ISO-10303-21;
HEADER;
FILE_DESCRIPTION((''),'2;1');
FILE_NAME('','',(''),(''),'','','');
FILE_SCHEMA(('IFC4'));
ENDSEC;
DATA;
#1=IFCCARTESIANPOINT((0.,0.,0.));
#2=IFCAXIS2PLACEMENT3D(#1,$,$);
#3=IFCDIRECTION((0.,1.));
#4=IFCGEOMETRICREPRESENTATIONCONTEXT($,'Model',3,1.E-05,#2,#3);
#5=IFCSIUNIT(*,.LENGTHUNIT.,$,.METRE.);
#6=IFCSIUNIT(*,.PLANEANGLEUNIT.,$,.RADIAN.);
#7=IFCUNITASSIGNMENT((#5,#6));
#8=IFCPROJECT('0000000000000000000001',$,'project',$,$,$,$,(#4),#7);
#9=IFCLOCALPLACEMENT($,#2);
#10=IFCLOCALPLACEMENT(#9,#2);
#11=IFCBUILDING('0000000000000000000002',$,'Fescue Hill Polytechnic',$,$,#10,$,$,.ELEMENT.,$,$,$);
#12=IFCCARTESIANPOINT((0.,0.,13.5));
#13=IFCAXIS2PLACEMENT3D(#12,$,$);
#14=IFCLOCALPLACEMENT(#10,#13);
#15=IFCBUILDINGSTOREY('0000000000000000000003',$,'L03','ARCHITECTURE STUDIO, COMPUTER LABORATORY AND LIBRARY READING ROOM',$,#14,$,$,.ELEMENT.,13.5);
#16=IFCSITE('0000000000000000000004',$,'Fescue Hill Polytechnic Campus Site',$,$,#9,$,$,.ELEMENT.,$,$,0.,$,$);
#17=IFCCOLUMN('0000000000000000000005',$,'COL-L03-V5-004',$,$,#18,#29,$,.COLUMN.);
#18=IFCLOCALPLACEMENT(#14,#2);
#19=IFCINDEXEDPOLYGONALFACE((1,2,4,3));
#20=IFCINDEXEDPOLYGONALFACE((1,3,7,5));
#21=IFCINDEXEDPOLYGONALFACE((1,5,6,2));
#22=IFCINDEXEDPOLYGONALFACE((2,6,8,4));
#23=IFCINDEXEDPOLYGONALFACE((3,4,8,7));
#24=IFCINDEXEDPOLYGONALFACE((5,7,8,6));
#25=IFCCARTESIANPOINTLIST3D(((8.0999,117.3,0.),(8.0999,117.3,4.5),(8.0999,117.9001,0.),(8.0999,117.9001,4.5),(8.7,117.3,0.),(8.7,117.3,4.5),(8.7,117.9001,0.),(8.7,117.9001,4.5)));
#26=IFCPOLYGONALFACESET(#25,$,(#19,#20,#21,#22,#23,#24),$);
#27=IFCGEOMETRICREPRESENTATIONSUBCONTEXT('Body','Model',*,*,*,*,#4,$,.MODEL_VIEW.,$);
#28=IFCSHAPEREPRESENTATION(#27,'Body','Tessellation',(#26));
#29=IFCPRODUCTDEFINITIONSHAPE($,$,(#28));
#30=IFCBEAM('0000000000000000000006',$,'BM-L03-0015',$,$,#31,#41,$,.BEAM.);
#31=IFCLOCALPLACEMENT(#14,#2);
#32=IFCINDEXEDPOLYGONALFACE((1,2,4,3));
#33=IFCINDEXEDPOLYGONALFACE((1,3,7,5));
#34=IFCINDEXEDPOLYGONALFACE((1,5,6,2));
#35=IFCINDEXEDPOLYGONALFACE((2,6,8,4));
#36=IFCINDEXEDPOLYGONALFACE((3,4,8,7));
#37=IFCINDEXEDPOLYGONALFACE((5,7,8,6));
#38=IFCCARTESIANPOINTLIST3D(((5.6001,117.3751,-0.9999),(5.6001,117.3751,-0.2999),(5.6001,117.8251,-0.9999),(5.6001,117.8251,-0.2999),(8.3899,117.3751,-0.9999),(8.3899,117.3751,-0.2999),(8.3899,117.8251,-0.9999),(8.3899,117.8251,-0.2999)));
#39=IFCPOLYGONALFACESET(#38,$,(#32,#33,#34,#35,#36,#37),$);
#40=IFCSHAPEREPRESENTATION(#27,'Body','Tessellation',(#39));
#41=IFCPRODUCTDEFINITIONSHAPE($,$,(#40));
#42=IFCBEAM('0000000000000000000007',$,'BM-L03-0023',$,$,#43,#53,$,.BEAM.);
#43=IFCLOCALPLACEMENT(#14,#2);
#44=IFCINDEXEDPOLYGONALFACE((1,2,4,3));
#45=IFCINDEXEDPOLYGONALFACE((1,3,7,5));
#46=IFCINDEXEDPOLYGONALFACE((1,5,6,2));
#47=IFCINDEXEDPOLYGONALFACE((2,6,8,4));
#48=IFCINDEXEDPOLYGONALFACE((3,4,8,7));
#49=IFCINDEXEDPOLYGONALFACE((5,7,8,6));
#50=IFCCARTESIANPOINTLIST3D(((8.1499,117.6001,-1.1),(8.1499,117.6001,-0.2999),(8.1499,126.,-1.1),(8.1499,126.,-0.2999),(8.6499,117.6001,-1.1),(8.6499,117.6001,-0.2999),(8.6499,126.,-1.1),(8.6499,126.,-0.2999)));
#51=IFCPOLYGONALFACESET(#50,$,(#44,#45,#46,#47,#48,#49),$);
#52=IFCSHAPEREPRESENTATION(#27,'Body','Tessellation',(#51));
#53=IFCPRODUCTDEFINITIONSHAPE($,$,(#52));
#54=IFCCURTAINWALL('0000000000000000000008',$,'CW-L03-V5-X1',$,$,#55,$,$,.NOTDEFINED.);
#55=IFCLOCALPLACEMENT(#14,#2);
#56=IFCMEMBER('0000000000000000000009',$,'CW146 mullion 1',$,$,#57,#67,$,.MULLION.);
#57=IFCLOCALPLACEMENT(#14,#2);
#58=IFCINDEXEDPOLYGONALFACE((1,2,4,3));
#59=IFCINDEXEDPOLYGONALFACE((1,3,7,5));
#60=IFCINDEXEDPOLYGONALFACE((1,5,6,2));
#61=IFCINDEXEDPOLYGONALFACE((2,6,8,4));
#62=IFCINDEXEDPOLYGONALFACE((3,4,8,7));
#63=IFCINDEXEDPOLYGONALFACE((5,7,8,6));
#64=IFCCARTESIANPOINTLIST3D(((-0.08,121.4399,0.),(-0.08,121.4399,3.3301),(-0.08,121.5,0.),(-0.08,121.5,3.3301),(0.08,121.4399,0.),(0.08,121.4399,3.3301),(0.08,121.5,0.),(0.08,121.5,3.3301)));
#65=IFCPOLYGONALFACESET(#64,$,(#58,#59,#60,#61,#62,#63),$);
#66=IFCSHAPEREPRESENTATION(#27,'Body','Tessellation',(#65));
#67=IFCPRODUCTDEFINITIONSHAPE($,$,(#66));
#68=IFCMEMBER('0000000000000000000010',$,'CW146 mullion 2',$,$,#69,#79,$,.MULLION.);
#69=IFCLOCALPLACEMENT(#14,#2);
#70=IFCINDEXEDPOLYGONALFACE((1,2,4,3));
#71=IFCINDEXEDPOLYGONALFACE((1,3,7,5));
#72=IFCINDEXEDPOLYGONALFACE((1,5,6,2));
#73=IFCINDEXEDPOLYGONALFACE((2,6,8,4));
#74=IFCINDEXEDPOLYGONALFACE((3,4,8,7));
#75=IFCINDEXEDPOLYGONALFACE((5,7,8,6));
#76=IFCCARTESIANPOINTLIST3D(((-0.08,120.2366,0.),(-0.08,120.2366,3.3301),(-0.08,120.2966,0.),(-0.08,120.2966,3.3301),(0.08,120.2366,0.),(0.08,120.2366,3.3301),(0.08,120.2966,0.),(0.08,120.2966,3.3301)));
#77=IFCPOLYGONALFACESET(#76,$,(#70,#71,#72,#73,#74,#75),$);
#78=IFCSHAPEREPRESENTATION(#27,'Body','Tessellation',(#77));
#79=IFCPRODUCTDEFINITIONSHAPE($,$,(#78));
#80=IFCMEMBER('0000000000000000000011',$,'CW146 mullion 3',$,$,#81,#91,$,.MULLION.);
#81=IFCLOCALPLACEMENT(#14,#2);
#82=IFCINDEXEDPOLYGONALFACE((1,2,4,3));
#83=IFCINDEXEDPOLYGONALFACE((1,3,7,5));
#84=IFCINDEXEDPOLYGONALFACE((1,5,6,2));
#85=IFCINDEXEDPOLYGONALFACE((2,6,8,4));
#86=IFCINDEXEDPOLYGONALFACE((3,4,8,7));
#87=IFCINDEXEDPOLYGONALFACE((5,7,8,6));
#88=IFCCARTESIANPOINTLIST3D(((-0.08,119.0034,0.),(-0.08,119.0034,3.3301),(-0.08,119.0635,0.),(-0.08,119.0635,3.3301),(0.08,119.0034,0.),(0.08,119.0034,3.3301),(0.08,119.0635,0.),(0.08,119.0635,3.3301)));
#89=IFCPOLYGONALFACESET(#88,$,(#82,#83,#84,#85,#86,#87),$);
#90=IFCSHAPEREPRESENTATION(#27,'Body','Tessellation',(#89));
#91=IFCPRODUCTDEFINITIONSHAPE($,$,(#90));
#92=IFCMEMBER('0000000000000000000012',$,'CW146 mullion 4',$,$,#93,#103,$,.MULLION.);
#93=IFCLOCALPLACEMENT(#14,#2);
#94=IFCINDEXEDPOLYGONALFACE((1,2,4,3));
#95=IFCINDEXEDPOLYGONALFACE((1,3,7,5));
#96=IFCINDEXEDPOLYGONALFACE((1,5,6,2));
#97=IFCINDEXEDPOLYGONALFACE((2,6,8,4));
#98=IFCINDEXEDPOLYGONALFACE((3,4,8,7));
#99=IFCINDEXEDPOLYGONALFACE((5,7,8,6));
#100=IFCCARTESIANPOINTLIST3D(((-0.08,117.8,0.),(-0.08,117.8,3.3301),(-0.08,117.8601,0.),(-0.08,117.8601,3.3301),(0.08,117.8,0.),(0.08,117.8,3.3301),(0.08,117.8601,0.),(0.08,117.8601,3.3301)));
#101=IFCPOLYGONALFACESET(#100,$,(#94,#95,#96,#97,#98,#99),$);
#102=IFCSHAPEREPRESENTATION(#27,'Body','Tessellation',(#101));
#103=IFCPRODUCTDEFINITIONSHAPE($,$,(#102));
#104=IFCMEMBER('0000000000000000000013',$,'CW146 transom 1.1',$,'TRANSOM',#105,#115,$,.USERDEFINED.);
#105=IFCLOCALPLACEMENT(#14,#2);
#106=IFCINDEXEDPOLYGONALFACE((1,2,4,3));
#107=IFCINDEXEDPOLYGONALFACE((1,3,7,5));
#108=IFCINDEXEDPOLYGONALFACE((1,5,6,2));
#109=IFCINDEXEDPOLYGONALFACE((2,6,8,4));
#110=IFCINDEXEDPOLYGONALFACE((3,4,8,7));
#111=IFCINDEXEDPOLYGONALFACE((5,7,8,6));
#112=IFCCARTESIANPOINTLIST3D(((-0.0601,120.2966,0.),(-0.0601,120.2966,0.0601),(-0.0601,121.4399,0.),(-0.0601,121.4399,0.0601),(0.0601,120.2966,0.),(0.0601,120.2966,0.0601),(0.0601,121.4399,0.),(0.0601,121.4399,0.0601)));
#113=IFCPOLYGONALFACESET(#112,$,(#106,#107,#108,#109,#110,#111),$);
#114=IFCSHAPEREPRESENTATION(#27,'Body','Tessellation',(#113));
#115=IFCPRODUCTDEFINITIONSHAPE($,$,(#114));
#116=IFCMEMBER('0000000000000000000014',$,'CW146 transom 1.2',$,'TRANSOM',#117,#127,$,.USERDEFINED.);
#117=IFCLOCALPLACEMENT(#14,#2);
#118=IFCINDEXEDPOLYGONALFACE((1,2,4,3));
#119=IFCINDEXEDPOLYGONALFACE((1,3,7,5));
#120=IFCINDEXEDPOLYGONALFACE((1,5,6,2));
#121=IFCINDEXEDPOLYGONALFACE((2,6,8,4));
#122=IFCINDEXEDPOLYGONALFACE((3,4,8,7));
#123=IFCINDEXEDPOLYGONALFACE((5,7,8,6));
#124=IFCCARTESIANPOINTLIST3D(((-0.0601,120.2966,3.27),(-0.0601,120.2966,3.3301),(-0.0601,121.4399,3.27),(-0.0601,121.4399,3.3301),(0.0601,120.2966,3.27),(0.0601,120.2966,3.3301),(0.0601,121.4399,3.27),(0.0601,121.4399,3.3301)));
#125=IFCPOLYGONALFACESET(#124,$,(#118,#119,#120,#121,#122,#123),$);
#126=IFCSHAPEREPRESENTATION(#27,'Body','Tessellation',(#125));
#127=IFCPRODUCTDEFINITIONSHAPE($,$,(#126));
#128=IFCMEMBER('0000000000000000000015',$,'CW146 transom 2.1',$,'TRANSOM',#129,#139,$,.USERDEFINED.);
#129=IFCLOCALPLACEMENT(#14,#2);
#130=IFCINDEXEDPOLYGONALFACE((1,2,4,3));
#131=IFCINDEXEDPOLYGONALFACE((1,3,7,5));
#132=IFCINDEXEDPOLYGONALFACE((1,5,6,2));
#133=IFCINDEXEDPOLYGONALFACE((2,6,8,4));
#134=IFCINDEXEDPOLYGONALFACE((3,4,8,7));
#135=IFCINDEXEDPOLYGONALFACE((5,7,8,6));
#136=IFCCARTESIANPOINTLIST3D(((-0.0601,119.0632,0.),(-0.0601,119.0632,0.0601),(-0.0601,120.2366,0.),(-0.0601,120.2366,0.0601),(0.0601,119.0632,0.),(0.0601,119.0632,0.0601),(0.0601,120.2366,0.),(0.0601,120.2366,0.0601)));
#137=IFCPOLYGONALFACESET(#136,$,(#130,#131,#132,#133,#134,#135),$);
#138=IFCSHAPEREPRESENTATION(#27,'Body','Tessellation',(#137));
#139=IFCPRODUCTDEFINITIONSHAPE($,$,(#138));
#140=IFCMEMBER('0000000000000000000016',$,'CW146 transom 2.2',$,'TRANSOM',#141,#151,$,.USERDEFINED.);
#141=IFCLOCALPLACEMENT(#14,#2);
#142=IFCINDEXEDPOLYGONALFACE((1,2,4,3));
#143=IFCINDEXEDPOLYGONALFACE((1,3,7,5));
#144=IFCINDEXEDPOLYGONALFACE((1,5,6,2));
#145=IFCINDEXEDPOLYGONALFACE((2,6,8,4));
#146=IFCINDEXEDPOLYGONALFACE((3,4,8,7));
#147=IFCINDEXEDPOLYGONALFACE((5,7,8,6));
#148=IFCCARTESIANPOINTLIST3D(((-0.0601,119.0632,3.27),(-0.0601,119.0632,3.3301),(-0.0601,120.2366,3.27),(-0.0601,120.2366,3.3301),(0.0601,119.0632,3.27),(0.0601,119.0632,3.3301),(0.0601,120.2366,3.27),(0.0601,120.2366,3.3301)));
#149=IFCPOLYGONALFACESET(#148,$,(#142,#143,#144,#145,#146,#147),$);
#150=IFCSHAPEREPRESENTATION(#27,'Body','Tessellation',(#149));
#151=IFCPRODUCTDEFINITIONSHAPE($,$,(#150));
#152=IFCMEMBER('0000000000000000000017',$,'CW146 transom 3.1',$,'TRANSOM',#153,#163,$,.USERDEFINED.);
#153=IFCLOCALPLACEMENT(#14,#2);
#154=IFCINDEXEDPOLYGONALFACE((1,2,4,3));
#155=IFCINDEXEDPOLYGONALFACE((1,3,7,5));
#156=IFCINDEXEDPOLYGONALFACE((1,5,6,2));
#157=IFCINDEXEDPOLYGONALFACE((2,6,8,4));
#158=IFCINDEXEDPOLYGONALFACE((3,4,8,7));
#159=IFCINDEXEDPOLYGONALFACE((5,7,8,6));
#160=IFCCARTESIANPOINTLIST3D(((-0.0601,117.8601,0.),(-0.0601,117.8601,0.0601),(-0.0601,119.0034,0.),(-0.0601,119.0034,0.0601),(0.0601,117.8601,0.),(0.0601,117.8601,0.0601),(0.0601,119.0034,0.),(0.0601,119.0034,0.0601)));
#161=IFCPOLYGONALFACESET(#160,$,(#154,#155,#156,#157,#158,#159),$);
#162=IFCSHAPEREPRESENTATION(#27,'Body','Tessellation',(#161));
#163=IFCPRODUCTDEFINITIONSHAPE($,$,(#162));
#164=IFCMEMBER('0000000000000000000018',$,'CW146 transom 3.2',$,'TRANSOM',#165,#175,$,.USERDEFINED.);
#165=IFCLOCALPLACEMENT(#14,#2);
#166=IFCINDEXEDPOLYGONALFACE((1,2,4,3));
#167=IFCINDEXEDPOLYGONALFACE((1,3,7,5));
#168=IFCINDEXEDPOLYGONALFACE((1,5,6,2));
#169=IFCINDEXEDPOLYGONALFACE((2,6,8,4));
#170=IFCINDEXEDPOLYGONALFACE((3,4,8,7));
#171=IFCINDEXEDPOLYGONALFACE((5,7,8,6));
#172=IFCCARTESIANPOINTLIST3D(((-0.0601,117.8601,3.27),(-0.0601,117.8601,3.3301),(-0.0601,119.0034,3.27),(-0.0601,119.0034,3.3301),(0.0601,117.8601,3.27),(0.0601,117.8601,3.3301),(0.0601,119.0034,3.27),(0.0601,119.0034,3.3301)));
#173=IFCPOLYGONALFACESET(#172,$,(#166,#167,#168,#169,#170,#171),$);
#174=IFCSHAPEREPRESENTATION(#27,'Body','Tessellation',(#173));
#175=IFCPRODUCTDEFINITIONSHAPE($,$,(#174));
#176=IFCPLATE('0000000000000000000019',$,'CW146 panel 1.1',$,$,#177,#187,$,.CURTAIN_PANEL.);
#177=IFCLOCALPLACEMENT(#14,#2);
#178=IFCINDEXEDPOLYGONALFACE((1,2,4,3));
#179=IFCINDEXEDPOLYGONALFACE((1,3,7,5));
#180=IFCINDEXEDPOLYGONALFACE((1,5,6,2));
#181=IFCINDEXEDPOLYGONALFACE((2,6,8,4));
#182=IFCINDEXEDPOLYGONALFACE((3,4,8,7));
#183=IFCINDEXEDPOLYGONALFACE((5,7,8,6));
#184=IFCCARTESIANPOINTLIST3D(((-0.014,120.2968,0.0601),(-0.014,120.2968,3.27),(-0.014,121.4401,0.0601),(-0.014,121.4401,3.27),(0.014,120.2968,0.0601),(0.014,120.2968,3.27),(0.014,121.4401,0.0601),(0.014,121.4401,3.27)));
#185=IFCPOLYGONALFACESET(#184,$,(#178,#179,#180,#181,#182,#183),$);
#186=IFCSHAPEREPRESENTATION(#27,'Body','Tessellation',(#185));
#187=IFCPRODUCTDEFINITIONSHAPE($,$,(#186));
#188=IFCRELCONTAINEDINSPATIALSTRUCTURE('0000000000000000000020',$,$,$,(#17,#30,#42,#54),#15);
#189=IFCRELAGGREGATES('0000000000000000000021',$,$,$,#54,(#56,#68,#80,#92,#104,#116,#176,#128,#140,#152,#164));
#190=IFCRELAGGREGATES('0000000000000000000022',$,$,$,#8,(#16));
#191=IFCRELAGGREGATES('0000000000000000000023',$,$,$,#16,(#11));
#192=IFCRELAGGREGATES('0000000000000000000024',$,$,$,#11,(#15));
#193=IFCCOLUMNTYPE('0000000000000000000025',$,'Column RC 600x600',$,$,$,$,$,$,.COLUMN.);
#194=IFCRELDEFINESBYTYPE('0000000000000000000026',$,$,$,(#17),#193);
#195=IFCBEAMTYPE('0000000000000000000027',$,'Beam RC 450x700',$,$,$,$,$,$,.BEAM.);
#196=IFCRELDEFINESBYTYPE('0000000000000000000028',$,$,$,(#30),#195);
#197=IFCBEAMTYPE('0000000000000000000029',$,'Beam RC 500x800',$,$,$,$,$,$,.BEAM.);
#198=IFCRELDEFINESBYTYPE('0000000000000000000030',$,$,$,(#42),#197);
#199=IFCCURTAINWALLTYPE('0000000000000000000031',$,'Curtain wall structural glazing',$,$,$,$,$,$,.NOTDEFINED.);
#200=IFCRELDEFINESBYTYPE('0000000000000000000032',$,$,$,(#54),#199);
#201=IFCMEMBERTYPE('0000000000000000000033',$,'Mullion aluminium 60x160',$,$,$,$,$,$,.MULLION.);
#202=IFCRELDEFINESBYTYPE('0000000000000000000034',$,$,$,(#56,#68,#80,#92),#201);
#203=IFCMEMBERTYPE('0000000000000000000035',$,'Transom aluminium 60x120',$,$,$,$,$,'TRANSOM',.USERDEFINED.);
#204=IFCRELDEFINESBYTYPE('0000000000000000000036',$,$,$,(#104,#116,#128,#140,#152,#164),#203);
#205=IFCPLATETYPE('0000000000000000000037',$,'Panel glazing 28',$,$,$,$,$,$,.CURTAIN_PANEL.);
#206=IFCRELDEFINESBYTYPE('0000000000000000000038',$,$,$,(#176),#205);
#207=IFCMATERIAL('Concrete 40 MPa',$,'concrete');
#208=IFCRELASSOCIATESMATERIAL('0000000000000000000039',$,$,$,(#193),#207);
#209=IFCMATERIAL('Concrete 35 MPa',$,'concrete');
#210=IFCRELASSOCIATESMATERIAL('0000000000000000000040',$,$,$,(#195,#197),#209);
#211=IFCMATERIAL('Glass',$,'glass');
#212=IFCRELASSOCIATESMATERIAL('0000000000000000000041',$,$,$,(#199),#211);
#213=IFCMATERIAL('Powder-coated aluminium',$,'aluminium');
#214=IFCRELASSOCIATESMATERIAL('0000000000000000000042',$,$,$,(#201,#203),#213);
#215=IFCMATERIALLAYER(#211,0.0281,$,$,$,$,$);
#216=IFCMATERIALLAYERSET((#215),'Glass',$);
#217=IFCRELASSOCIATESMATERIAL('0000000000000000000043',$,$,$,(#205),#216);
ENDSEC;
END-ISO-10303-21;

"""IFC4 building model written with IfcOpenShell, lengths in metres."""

from ifc_helpers import new_model, si_unit, direction, frame, origin, origin_2d, place, context, subcontext, project, spatial, rectangle, extrude, material, layer, layer_set, material_profile, profile_set, type_object, element, aggregate, save


model = new_model("IFC4")

# Units and contexts
model_context = context("Model", 3, precision=1e-05, world=origin(), true_north=direction((0.0, 1.0)))
body_context = subcontext(model_context, "Body", "Model", "MODEL_VIEW")
ifc_project = project(units=[si_unit("LENGTHUNIT", "METRE"), si_unit("PLANEANGLEUNIT", "RADIAN")], contexts=[model_context])

# Site, building, storey
site_placement = place(None, origin())
site = spatial("IfcSite", under=ifc_project, at=site_placement, Name="Fescue Hill Polytechnic Campus Site", CompositionType="ELEMENT", RefElevation=0.0)
building_placement = place(site_placement, origin())
building = spatial("IfcBuilding", under=site, at=building_placement, Name="Fescue Hill Polytechnic", CompositionType="ELEMENT")
storey_placement = place(building_placement, frame((0.0, 0.0, 13.5)))
storey = spatial("IfcBuildingStorey", under=building, at=storey_placement, Name="L03", Description="ARCHITECTURE STUDIO, COMPUTER LABORATORY AND LIBRARY READING ROOM", CompositionType="ELEMENT", Elevation=13.5)

# Column
ifc_material_1 = material(Name="Concrete 40 MPa", Category="concrete")
ifc_material_profile_1 = material_profile(ifc_material_1, rectangle(XDim=0.6001, YDim=0.6001, at=origin_2d()), Name="RC 600x600")
ifc_profile_set_1 = profile_set([ifc_material_profile_1], Name="Concrete 40 MPa")
column_type = type_object("IfcColumnType", Name="Column RC 600x600", PredefinedType="COLUMN", material=ifc_profile_set_1)
column_placement = place(storey_placement, frame((8.3999, 117.6001, 0.0), z_axis=(0.0, 0.0, 1.0), x_axis=(1.0, 0.0, 0.0)))
element("IfcColumn", 1, at=column_placement, inside=storey, type_object=column_type, Name="COL-L03-V5-004", PredefinedType="COLUMN", context=body_context, shape_type="SweptSolid", body=[
    extrude(rectangle(XDim=0.6001, YDim=0.6001, at=origin_2d()), origin(), (0.0, 0.0, 1.0), 4.5),
])

# Beams
ifc_material_2 = material(Name="Concrete 35 MPa", Category="concrete")
ifc_material_profile_2 = material_profile(ifc_material_2, rectangle(XDim=0.45, YDim=0.7, at=origin_2d()), Name="RC 450x700")
ifc_profile_set_2 = profile_set([ifc_material_profile_2], Name="Concrete 35 MPa")
beam_type_1 = type_object("IfcBeamType", Name="Beam RC 450x700", PredefinedType="BEAM", material=ifc_profile_set_2)
beam_1_placement = place(storey_placement, frame((5.6001, 117.6001, -0.6499), z_axis=(1.0, 0.0, 0.0), x_axis=(0.0, 1.0, 0.0)))
element("IfcBeam", 2, at=beam_1_placement, inside=storey, type_object=beam_type_1, Name="BM-L03-0015", PredefinedType="BEAM", context=body_context, shape_type="SweptSolid", body=[
    extrude(rectangle(XDim=0.45, YDim=0.7, at=origin_2d()), origin(), (0.0, 0.0, 1.0), 2.7898),
])
ifc_material_profile_3 = material_profile(ifc_material_2, rectangle(XDim=0.5, YDim=0.8, at=origin_2d()), Name="RC 500x800")
ifc_profile_set_3 = profile_set([ifc_material_profile_3], Name="Concrete 35 MPa")
beam_type_2 = type_object("IfcBeamType", Name="Beam RC 500x800", PredefinedType="BEAM", material=ifc_profile_set_3)
beam_2_placement = place(storey_placement, frame((8.3999, 117.6001, -0.7), z_axis=(0.0, 1.0, 0.0), x_axis=(-1.0, 0.0, 0.0)))
element("IfcBeam", 3, at=beam_2_placement, inside=storey, type_object=beam_type_2, Name="BM-L03-0023", PredefinedType="BEAM", context=body_context, shape_type="SweptSolid", body=[
    extrude(rectangle(XDim=0.5, YDim=0.8, at=origin_2d()), origin(), (0.0, 0.0, 1.0), 8.3999),
])

# Curtain wall, members, plate
ifc_material_3 = material(Name="Glass", Category="glass")
curtain_wall_type = type_object("IfcCurtainWallType", Name="Curtain wall structural glazing", PredefinedType="NOTDEFINED", material=ifc_material_3)
curtain_wall_placement = place(storey_placement, origin())
curtain_wall = element("IfcCurtainWall", 4, at=curtain_wall_placement, inside=storey, type_object=curtain_wall_type, Name="CW-L03-V5-X1", PredefinedType="NOTDEFINED")
ifc_material_4 = material(Name="Powder-coated aluminium", Category="aluminium")
ifc_material_profile_4 = material_profile(ifc_material_4, rectangle(XDim=0.1599, YDim=0.0601, at=origin_2d()), Name="Mullion aluminium 60x160")
ifc_profile_set_4 = profile_set([ifc_material_profile_4], Name="Powder-coated aluminium")
member_type_1 = type_object("IfcMemberType", Name="Mullion aluminium 60x160", PredefinedType="MULLION", material=ifc_profile_set_4)
member_1_placement = place(storey_placement, frame((0.0, 121.47, 0.0), z_axis=(0.0, 0.0, 1.0), x_axis=(1.0, 0.0, 0.0)))
member_1 = element("IfcMember", 5, at=member_1_placement, type_object=member_type_1, Name="CW146 mullion 1", PredefinedType="MULLION", context=body_context, shape_type="SweptSolid", body=[
    extrude(rectangle(XDim=0.1599, YDim=0.0601, at=origin_2d()), origin(), (0.0, 0.0, 1.0), 3.3301),
])
member_2_placement = place(storey_placement, frame((0.0, 120.2666, 0.0), z_axis=(0.0, 0.0, 1.0), x_axis=(1.0, 0.0, 0.0)))
member_2 = element("IfcMember", 6, at=member_2_placement, type_object=member_type_1, Name="CW146 mullion 2", PredefinedType="MULLION", context=body_context, shape_type="SweptSolid", body=[
    extrude(rectangle(XDim=0.1599, YDim=0.0601, at=origin_2d()), origin(), (0.0, 0.0, 1.0), 3.3301),
])
member_3_placement = place(storey_placement, frame((0.0, 119.0334, 0.0), z_axis=(0.0, 0.0, 1.0), x_axis=(1.0, 0.0, 0.0)))
member_3 = element("IfcMember", 7, at=member_3_placement, type_object=member_type_1, Name="CW146 mullion 3", PredefinedType="MULLION", context=body_context, shape_type="SweptSolid", body=[
    extrude(rectangle(XDim=0.1599, YDim=0.0601, at=origin_2d()), origin(), (0.0, 0.0, 1.0), 3.3301),
])
member_4_placement = place(storey_placement, frame((0.0, 117.8301, 0.0), z_axis=(0.0, 0.0, 1.0), x_axis=(1.0, 0.0, 0.0)))
member_4 = element("IfcMember", 8, at=member_4_placement, type_object=member_type_1, Name="CW146 mullion 4", PredefinedType="MULLION", context=body_context, shape_type="SweptSolid", body=[
    extrude(rectangle(XDim=0.1599, YDim=0.0601, at=origin_2d()), origin(), (0.0, 0.0, 1.0), 3.3301),
])
ifc_material_profile_5 = material_profile(ifc_material_4, rectangle(XDim=0.1201, YDim=0.0601, at=origin_2d()), Name="Transom aluminium 60x120")
ifc_profile_set_5 = profile_set([ifc_material_profile_5], Name="Powder-coated aluminium")
member_type_2 = type_object("IfcMemberType", Name="Transom aluminium 60x120", ElementType="TRANSOM", PredefinedType="USERDEFINED", material=ifc_profile_set_5)
member_5_placement = place(storey_placement, frame((0.0, 121.4399, 0.03), z_axis=(0.0, -1.0, 0.0), x_axis=(1.0, 0.0, 0.0)))
member_5 = element("IfcMember", 9, at=member_5_placement, type_object=member_type_2, Name="CW146 transom 1.1", ObjectType="TRANSOM", PredefinedType="USERDEFINED", context=body_context, shape_type="SweptSolid", body=[
    extrude(rectangle(XDim=0.1201, YDim=0.0601, at=origin_2d()), origin(), (0.0, 0.0, 1.0), 1.1433),
])
member_6_placement = place(storey_placement, frame((0.0, 121.4399, 3.3), z_axis=(0.0, -1.0, 0.0), x_axis=(1.0, 0.0, 0.0)))
member_6 = element("IfcMember", 10, at=member_6_placement, type_object=member_type_2, Name="CW146 transom 1.2", ObjectType="TRANSOM", PredefinedType="USERDEFINED", context=body_context, shape_type="SweptSolid", body=[
    extrude(rectangle(XDim=0.1201, YDim=0.0601, at=origin_2d()), origin(), (0.0, 0.0, 1.0), 1.1433),
])
member_7_placement = place(storey_placement, frame((0.0, 120.2366, 0.03), z_axis=(0.0, -1.0, 0.0), x_axis=(1.0, 0.0, 0.0)))
member_7 = element("IfcMember", 11, at=member_7_placement, type_object=member_type_2, Name="CW146 transom 2.1", ObjectType="TRANSOM", PredefinedType="USERDEFINED", context=body_context, shape_type="SweptSolid", body=[
    extrude(rectangle(XDim=0.1201, YDim=0.0601, at=origin_2d()), origin(), (0.0, 0.0, 1.0), 1.1733),
])
member_8_placement = place(storey_placement, frame((0.0, 120.2366, 3.3), z_axis=(0.0, -1.0, 0.0), x_axis=(1.0, 0.0, 0.0)))
member_8 = element("IfcMember", 12, at=member_8_placement, type_object=member_type_2, Name="CW146 transom 2.2", ObjectType="TRANSOM", PredefinedType="USERDEFINED", context=body_context, shape_type="SweptSolid", body=[
    extrude(rectangle(XDim=0.1201, YDim=0.0601, at=origin_2d()), origin(), (0.0, 0.0, 1.0), 1.1733),
])
member_9_placement = place(storey_placement, frame((0.0, 119.0034, 0.03), z_axis=(0.0, -1.0, 0.0), x_axis=(1.0, 0.0, 0.0)))
member_9 = element("IfcMember", 13, at=member_9_placement, type_object=member_type_2, Name="CW146 transom 3.1", ObjectType="TRANSOM", PredefinedType="USERDEFINED", context=body_context, shape_type="SweptSolid", body=[
    extrude(rectangle(XDim=0.1201, YDim=0.0601, at=origin_2d()), origin(), (0.0, 0.0, 1.0), 1.1433),
])
member_10_placement = place(storey_placement, frame((0.0, 119.0034, 3.3), z_axis=(0.0, -1.0, 0.0), x_axis=(1.0, 0.0, 0.0)))
member_10 = element("IfcMember", 14, at=member_10_placement, type_object=member_type_2, Name="CW146 transom 3.2", ObjectType="TRANSOM", PredefinedType="USERDEFINED", context=body_context, shape_type="SweptSolid", body=[
    extrude(rectangle(XDim=0.1201, YDim=0.0601, at=origin_2d()), origin(), (0.0, 0.0, 1.0), 1.1433),
])
ifc_layer_1 = layer(ifc_material_3, 0.0281)
ifc_layer_set_1 = layer_set([ifc_layer_1], Name="Glass")
plate_type = type_object("IfcPlateType", Name="Panel glazing 28", PredefinedType="CURTAIN_PANEL", material=ifc_layer_set_1)
plate_1_placement = place(storey_placement, frame((0.0, 120.8684, 0.0601), z_axis=(0.0, 0.0, 1.0), x_axis=(0.0, -1.0, 0.0)))
plate_1 = element("IfcPlate", 15, at=plate_1_placement, type_object=plate_type, Name="CW146 panel 1.1", PredefinedType="CURTAIN_PANEL", context=body_context, shape_type="SweptSolid", body=[
    extrude(rectangle(XDim=1.1433, YDim=0.0281, at=origin_2d()), origin(), (0.0, 0.0, 1.0), 3.21),
])
aggregate(curtain_wall, [member_1, member_2, member_3, member_4, member_5, member_6, plate_1, member_7, member_8, member_9, member_10])

save(model, "model.ifc")
